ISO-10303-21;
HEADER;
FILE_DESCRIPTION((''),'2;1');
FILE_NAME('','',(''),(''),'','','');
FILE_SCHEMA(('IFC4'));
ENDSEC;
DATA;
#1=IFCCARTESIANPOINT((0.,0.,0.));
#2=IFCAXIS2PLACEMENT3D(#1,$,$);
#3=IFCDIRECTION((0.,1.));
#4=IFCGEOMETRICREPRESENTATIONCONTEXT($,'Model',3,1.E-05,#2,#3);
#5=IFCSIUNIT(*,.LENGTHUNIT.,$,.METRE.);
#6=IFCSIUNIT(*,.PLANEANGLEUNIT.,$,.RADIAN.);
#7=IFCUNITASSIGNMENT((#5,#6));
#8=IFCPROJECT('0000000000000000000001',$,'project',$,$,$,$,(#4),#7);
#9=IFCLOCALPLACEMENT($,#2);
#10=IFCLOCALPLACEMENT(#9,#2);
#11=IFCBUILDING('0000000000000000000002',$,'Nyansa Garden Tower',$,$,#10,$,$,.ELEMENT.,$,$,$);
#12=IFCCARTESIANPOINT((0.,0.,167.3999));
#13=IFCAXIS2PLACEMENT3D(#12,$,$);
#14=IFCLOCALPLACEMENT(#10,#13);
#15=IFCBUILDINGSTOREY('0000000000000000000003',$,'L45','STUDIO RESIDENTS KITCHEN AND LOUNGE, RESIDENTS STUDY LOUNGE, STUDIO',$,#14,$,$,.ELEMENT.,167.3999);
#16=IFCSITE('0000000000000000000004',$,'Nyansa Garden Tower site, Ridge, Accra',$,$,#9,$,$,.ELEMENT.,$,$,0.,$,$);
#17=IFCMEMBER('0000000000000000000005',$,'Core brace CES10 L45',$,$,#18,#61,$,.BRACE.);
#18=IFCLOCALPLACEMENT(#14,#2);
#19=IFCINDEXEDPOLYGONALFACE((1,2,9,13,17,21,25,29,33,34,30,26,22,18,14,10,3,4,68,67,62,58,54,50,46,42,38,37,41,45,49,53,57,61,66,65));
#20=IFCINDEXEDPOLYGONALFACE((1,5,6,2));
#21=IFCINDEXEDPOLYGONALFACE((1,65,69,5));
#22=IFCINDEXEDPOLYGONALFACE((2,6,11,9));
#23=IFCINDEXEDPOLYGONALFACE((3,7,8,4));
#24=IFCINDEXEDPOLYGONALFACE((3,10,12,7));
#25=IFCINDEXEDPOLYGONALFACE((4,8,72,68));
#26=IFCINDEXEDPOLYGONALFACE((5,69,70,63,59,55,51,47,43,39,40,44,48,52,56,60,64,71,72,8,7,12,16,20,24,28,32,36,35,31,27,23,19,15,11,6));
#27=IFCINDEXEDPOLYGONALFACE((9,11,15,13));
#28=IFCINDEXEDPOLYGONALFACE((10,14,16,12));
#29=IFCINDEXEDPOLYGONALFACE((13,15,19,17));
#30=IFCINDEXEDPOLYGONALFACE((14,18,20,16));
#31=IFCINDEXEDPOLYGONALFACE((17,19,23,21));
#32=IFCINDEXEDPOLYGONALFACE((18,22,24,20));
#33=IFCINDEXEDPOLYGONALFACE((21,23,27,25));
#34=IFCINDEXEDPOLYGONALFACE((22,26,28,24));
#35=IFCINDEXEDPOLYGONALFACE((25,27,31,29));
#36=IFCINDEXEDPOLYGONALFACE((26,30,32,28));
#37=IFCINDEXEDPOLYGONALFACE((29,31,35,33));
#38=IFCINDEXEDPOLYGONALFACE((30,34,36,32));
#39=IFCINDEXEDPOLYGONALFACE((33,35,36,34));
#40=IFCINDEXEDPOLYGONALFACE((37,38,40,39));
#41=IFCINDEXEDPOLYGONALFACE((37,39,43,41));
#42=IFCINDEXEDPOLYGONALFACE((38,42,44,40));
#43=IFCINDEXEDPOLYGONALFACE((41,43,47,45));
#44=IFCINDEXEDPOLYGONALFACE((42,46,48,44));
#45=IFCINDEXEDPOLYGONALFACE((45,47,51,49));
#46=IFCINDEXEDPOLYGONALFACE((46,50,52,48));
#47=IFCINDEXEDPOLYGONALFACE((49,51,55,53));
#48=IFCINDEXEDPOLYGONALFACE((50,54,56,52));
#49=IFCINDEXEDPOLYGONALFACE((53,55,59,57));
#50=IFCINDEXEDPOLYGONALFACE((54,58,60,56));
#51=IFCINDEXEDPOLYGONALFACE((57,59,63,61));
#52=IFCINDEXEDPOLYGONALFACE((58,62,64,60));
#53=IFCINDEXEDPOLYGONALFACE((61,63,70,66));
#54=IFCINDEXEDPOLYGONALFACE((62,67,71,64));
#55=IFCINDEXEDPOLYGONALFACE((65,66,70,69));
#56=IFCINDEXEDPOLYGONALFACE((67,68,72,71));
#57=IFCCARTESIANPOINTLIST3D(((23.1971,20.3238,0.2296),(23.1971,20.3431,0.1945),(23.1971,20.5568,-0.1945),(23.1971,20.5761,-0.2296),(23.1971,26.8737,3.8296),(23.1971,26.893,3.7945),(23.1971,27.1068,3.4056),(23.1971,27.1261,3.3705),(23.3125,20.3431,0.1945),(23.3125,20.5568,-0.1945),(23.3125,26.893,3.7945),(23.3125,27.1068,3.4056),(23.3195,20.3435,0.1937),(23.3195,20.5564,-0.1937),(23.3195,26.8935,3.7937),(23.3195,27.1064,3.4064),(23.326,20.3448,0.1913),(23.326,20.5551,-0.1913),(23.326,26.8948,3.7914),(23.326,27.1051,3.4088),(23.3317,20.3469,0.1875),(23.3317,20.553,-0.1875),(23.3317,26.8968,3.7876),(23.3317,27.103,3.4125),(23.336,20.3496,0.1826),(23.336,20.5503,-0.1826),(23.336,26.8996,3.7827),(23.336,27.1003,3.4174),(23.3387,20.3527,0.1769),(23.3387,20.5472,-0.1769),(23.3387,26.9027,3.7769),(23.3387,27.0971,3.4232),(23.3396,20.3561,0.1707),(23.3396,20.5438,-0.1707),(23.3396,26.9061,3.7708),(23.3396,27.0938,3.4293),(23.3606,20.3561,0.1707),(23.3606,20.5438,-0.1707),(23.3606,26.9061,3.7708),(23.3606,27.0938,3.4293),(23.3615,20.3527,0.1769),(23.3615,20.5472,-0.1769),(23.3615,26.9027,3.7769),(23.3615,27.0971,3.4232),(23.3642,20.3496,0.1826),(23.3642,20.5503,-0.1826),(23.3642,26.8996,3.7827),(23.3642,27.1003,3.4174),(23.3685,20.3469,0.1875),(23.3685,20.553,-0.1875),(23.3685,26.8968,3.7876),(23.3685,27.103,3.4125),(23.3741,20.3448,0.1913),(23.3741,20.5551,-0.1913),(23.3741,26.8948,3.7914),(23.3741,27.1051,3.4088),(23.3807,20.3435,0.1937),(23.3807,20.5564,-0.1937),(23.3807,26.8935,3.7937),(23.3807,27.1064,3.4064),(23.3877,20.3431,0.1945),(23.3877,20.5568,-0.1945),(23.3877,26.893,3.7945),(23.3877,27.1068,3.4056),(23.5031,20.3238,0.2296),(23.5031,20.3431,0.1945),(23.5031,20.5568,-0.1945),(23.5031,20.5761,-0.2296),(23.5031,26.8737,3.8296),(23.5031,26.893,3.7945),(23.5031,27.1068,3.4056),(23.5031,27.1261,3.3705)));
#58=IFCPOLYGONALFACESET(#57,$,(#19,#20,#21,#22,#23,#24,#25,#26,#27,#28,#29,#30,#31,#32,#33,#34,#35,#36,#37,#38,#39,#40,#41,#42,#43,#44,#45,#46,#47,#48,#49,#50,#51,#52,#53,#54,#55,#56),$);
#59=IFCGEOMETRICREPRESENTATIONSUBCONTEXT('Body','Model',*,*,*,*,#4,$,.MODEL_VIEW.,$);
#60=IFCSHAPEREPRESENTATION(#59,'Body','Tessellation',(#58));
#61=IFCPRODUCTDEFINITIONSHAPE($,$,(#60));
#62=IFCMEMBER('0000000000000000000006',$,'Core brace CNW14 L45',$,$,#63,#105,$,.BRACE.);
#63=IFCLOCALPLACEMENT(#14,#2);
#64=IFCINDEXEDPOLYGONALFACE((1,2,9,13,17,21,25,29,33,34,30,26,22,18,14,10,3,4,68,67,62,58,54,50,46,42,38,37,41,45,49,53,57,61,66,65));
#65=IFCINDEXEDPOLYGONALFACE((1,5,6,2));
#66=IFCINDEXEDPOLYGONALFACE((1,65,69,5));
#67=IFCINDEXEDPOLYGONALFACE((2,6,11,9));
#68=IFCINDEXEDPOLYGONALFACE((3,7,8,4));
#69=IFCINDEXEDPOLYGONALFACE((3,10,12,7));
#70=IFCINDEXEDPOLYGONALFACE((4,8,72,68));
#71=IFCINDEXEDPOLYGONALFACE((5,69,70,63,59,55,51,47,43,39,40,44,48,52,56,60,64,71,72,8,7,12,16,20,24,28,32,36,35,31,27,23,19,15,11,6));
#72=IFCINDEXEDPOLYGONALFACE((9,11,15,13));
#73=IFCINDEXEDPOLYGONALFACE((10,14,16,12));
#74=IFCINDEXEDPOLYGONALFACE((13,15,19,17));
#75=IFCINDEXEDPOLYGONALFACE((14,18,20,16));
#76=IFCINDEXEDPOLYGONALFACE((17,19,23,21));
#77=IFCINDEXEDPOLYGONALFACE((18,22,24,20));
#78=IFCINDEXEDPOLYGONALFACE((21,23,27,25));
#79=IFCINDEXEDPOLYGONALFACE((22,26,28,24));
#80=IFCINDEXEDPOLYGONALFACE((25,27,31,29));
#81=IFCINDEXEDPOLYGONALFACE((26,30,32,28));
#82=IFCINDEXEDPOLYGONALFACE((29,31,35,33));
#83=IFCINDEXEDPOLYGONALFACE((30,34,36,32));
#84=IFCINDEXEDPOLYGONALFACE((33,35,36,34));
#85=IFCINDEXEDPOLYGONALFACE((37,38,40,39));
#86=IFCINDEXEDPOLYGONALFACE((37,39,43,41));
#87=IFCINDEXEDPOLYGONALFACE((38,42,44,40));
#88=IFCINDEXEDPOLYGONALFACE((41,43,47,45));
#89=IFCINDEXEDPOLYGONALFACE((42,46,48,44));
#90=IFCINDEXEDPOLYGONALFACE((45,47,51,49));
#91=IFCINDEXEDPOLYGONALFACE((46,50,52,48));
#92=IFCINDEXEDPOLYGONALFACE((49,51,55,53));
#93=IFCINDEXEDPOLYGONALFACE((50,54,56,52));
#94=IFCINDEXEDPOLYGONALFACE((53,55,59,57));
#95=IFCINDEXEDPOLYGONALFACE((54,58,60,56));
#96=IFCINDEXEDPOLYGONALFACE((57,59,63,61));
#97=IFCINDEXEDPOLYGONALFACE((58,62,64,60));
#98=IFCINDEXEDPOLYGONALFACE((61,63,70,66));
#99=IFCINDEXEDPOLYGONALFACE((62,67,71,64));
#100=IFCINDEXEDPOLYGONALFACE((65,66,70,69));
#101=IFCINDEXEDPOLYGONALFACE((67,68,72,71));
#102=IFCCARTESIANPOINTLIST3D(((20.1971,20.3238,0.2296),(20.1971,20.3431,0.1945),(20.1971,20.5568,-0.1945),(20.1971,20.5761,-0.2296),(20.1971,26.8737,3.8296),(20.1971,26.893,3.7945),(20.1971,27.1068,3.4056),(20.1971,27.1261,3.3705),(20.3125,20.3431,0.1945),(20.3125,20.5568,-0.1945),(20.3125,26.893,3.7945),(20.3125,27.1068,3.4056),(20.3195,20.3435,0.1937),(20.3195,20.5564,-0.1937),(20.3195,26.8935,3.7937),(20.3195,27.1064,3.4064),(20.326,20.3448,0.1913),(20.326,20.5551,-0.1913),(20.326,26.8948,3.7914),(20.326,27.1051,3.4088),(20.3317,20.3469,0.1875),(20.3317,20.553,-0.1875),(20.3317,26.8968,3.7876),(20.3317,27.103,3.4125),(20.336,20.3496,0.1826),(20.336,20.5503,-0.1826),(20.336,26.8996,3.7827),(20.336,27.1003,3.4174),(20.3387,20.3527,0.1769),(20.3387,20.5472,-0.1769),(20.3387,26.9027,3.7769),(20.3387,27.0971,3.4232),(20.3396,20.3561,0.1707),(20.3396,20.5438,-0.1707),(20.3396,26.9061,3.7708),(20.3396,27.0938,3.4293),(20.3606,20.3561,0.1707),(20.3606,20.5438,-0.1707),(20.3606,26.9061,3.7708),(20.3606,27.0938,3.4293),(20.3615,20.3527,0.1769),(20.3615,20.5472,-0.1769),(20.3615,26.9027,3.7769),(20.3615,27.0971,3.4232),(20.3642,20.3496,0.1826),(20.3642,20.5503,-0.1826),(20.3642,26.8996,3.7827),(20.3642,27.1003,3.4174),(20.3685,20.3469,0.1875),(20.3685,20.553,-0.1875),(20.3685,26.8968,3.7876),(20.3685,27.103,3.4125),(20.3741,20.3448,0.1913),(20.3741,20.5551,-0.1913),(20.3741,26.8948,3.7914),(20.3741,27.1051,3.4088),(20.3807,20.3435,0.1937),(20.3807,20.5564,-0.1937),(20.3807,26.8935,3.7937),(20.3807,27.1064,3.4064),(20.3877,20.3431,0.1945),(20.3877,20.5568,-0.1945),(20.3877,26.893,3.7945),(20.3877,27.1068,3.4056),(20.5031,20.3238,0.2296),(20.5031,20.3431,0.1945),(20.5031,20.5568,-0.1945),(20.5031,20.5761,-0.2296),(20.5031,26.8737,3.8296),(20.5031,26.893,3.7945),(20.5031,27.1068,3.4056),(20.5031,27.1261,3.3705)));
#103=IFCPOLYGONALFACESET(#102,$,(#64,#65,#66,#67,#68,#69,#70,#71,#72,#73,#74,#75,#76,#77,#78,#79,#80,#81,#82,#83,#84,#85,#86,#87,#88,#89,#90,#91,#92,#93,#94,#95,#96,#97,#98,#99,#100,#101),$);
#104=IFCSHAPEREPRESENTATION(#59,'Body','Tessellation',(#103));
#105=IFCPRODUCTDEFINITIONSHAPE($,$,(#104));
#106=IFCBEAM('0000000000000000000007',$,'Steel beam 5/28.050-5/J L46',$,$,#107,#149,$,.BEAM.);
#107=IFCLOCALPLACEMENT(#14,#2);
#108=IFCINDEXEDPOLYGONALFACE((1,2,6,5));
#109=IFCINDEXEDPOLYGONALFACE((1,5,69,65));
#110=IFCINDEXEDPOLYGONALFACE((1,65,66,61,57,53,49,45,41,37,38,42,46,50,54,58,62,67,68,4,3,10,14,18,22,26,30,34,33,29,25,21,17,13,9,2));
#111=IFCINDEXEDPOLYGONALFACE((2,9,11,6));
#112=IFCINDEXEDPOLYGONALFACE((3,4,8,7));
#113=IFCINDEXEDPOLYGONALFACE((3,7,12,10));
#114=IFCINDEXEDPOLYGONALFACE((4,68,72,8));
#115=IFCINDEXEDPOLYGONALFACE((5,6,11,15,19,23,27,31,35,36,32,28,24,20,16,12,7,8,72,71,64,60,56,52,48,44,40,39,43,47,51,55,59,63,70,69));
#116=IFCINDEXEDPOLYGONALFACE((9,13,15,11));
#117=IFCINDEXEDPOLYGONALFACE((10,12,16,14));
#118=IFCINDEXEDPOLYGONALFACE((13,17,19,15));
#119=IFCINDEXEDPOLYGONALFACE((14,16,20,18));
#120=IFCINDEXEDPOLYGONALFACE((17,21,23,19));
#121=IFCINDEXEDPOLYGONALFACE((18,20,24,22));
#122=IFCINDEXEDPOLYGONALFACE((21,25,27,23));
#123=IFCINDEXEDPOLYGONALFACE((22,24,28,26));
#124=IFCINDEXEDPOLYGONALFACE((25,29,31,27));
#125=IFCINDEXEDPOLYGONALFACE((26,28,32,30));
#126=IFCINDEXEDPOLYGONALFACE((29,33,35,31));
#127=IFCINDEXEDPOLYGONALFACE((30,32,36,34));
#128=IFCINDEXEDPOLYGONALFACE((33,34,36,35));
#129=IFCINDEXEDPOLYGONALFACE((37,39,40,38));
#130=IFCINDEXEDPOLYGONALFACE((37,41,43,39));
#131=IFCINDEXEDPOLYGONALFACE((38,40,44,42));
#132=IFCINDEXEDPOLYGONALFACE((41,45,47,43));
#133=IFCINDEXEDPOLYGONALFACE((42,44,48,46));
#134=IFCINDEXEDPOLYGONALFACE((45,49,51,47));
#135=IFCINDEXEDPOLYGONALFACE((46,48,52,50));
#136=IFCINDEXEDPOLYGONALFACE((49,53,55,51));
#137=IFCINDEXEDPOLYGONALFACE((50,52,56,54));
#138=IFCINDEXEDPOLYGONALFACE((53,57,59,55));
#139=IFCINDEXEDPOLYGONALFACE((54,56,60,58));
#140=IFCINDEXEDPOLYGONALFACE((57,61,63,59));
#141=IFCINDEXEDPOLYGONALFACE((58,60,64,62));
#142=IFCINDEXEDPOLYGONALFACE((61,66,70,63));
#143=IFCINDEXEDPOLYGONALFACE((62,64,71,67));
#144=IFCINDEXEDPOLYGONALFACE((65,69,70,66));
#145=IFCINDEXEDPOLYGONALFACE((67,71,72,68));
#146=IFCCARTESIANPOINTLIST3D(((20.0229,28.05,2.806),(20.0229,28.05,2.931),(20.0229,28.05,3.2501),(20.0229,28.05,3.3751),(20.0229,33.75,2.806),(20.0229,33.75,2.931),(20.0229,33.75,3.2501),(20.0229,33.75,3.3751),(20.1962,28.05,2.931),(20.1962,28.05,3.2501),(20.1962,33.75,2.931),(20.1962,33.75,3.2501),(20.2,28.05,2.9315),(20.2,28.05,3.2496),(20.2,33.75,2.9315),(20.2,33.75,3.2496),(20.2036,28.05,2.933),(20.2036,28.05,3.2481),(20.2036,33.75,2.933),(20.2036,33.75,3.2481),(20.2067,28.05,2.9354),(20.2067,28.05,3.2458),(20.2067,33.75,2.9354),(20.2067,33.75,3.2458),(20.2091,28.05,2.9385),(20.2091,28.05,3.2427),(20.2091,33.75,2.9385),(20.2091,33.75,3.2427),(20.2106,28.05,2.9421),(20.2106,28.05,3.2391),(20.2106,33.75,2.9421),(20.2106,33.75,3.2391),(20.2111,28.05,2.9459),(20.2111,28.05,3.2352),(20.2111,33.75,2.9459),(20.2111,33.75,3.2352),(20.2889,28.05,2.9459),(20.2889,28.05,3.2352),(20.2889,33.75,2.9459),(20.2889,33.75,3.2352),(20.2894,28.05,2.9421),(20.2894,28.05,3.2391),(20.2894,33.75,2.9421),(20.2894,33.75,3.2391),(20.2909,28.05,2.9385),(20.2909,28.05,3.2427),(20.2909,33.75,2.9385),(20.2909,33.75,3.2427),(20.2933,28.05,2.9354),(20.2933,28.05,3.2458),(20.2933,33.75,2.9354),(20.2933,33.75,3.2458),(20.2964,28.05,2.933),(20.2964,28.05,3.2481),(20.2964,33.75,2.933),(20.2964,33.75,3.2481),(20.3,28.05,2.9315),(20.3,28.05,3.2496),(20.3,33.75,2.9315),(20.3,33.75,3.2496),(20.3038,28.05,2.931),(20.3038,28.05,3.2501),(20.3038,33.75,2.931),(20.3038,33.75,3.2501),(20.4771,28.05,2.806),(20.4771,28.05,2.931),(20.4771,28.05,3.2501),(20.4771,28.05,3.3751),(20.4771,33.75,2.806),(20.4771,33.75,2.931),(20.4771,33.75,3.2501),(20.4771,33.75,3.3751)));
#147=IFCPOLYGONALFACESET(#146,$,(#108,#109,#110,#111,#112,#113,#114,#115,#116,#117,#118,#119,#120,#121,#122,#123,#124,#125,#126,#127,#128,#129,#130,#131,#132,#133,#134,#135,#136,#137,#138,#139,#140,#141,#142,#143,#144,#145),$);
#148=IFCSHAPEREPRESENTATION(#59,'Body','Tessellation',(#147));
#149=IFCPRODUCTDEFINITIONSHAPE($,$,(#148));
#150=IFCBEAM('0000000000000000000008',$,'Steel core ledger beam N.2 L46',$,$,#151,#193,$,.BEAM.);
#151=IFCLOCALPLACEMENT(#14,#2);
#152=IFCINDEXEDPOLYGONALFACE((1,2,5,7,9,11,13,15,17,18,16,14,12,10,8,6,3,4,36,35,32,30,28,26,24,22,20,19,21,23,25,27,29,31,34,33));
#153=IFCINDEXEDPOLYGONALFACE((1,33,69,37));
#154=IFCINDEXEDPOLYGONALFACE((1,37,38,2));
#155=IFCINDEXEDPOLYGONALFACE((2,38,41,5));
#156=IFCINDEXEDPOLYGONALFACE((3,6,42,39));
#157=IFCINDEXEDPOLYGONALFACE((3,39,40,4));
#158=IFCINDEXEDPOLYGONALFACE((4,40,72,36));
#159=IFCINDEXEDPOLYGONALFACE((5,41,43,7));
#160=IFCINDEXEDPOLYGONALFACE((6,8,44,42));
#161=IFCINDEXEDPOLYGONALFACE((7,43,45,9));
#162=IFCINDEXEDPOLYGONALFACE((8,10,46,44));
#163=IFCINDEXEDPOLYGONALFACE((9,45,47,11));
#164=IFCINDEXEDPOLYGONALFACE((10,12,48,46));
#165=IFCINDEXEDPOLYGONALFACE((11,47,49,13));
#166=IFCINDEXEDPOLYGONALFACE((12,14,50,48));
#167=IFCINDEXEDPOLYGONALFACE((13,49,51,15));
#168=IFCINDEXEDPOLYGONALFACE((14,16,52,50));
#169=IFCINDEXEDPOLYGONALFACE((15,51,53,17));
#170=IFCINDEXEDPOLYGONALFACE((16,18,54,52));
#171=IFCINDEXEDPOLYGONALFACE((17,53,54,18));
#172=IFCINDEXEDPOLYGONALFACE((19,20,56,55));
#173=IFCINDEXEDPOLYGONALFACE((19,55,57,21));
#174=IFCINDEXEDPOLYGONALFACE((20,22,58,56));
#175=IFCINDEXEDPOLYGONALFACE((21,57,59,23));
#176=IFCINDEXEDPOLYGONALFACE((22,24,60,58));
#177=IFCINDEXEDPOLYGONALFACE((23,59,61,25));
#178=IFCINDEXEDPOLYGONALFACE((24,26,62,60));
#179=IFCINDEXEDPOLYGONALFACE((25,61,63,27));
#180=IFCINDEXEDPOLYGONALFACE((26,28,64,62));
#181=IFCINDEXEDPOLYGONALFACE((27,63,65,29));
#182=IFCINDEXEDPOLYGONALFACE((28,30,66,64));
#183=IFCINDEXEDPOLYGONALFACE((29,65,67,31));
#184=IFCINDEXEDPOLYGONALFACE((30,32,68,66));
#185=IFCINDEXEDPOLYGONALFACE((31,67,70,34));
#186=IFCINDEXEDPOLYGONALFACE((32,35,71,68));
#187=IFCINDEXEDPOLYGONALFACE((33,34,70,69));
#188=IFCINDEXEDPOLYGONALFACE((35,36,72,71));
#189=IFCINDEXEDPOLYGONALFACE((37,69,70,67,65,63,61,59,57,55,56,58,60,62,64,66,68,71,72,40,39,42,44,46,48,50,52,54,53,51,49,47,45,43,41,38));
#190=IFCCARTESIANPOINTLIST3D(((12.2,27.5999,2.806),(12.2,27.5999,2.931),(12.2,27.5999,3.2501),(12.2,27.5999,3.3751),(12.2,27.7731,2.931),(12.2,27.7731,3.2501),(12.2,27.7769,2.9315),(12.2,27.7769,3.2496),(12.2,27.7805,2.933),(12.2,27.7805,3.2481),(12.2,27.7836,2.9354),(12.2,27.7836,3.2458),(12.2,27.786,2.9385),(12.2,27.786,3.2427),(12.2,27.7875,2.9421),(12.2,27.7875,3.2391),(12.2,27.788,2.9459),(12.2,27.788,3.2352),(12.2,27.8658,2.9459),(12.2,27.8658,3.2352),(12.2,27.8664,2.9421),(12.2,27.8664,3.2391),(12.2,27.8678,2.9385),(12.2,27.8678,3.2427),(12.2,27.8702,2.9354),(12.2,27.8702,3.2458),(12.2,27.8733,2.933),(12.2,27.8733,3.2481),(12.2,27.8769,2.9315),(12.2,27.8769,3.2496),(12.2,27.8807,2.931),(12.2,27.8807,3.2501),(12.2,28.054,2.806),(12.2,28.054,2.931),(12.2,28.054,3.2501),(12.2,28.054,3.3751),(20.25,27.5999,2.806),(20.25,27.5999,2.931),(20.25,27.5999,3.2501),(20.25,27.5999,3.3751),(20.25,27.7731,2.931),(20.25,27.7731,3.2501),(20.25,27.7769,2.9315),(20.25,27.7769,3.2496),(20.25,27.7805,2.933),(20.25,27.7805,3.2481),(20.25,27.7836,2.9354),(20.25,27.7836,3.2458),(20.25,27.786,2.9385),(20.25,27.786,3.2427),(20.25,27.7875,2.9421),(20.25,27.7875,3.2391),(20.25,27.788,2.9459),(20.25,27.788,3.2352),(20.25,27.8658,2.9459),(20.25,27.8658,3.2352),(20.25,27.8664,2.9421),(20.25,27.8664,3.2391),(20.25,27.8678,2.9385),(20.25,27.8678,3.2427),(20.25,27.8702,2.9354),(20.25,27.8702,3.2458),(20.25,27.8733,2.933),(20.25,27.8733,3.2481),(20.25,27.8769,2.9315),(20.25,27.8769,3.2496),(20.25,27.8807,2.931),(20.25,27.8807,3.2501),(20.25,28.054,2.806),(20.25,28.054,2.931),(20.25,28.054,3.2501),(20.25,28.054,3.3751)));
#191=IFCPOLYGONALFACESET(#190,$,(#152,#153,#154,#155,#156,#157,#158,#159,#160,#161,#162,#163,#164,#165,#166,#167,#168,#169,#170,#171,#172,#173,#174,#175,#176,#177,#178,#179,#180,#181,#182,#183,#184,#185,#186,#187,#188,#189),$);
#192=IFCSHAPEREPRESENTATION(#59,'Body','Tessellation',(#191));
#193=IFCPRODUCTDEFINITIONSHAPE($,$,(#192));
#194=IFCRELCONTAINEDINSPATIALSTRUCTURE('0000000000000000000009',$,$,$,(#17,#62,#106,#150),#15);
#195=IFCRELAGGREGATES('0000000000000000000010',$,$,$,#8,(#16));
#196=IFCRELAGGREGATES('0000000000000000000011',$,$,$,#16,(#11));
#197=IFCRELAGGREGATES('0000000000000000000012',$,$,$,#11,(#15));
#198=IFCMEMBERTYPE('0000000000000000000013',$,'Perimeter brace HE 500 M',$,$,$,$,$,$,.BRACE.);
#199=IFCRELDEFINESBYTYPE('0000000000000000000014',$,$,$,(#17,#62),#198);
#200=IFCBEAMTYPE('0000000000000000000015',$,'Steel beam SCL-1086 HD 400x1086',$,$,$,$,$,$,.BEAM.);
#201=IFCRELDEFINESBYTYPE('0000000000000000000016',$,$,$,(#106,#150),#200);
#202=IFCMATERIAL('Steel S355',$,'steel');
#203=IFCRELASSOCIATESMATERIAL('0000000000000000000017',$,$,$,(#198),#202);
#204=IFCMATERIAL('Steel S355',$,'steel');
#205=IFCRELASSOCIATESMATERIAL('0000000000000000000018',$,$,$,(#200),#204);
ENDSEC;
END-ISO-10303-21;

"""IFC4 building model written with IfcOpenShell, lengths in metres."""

from ifc_helpers import new_model, si_unit, direction, frame, origin, origin_2d, place, context, subcontext, project, spatial, i_section, extrude, material, material_profile, profile_set, type_object, element, save


model = new_model("IFC4")

# Units and contexts
model_context = context("Model", 3, precision=1e-05, world=origin(), true_north=direction((0.0, 1.0)))
body_context = subcontext(model_context, "Body", "Model", "MODEL_VIEW")
ifc_project = project(units=[si_unit("LENGTHUNIT", "METRE"), si_unit("PLANEANGLEUNIT", "RADIAN")], contexts=[model_context])

# Site, building, storey
site_placement = place(None, origin())
site = spatial("IfcSite", under=ifc_project, at=site_placement, Name="Nyansa Garden Tower site, Ridge, Accra", CompositionType="ELEMENT", RefElevation=0.0)
building_placement = place(site_placement, origin())
building = spatial("IfcBuilding", under=site, at=building_placement, Name="Nyansa Garden Tower", CompositionType="ELEMENT")
storey_placement = place(building_placement, frame((0.0, 0.0, 167.3999)))
storey = spatial("IfcBuildingStorey", under=building, at=storey_placement, Name="L45", Description="STUDIO RESIDENTS KITCHEN AND LOUNGE, RESIDENTS STUDY LOUNGE, STUDIO", CompositionType="ELEMENT", Elevation=167.3999)

# Members
ifc_material_1 = material(Name="Steel S355", Category="steel")
ifc_material_profile_1 = material_profile(ifc_material_1, i_section(OverallWidth=0.3059, OverallDepth=0.5239, WebThickness=0.021, FlangeThickness=0.04, FilletRadius=0.0271, at=origin_2d()), Name="HE 500 M")
ifc_profile_set_1 = profile_set([ifc_material_profile_1], Name="Steel S355")
member_type = type_object("IfcMemberType", Name="Perimeter brace HE 500 M", PredefinedType="BRACE", material=ifc_profile_set_1)
for number, where, z_axis, x_axis, name in (
    (1, (23.3501, 20.45, 0.0), (0.0, 0.876353, 0.481669), (-1.0, 0.0, 0.0), "Core brace CES10 L45"),
    (2, (20.3501, 20.45, 0.0), (0.0, 0.876353, 0.481669), (-1.0, 0.0, 0.0), "Core brace CNW14 L45"),
):
    element("IfcMember", number, at=place(storey_placement, frame(where, z_axis=z_axis, x_axis=x_axis)), inside=storey, type_object=member_type, Name=name, PredefinedType="BRACE", context=body_context, shape_type="SweptSolid", body=[
        extrude(i_section(OverallWidth=0.3059, OverallDepth=0.5239, WebThickness=0.021, FlangeThickness=0.04, FilletRadius=0.0271, at=origin_2d()), origin(), (0.0, 0.0, 1.0), 7.4741),
    ])

# Beams
ifc_material_2 = material(Name="Steel S355", Category="steel")
ifc_material_profile_2 = material_profile(ifc_material_2, i_section(OverallWidth=0.4541, OverallDepth=0.5691, WebThickness=0.0779, FlangeThickness=0.125, FilletRadius=0.0149, at=origin_2d()), Name="HD 400x1086")
ifc_profile_set_2 = profile_set([ifc_material_profile_2], Name="Steel S355")
beam_type = type_object("IfcBeamType", Name="Steel beam SCL-1086 HD 400x1086", PredefinedType="BEAM", material=ifc_profile_set_2)
beam_1_placement = place(storey_placement, frame((20.25, 28.05, 3.0906), z_axis=(0.0, 1.0, 0.0), x_axis=(-1.0, 0.0, 0.0)))
element("IfcBeam", 3, at=beam_1_placement, inside=storey, type_object=beam_type, Name="Steel beam 5/28.050-5/J L46", PredefinedType="BEAM", context=body_context, shape_type="SweptSolid", body=[
    extrude(i_section(OverallWidth=0.4541, OverallDepth=0.5691, WebThickness=0.0779, FlangeThickness=0.125, FilletRadius=0.0149, at=origin_2d()), origin(), (0.0, 0.0, 1.0), 5.7),
])
beam_2_placement = place(storey_placement, frame((20.25, 27.8269, 3.0906), z_axis=(-1.0, 0.0, 0.0), x_axis=(0.0, -1.0, 0.0)))
element("IfcBeam", 4, at=beam_2_placement, inside=storey, type_object=beam_type, Name="Steel core ledger beam N.2 L46", PredefinedType="BEAM", context=body_context, shape_type="SweptSolid", body=[
    extrude(i_section(OverallWidth=0.4541, OverallDepth=0.5691, WebThickness=0.0779, FlangeThickness=0.125, FilletRadius=0.0149, at=origin_2d()), origin(), (0.0, 0.0, 1.0), 8.05),
])

save(model, "model.ifc")
